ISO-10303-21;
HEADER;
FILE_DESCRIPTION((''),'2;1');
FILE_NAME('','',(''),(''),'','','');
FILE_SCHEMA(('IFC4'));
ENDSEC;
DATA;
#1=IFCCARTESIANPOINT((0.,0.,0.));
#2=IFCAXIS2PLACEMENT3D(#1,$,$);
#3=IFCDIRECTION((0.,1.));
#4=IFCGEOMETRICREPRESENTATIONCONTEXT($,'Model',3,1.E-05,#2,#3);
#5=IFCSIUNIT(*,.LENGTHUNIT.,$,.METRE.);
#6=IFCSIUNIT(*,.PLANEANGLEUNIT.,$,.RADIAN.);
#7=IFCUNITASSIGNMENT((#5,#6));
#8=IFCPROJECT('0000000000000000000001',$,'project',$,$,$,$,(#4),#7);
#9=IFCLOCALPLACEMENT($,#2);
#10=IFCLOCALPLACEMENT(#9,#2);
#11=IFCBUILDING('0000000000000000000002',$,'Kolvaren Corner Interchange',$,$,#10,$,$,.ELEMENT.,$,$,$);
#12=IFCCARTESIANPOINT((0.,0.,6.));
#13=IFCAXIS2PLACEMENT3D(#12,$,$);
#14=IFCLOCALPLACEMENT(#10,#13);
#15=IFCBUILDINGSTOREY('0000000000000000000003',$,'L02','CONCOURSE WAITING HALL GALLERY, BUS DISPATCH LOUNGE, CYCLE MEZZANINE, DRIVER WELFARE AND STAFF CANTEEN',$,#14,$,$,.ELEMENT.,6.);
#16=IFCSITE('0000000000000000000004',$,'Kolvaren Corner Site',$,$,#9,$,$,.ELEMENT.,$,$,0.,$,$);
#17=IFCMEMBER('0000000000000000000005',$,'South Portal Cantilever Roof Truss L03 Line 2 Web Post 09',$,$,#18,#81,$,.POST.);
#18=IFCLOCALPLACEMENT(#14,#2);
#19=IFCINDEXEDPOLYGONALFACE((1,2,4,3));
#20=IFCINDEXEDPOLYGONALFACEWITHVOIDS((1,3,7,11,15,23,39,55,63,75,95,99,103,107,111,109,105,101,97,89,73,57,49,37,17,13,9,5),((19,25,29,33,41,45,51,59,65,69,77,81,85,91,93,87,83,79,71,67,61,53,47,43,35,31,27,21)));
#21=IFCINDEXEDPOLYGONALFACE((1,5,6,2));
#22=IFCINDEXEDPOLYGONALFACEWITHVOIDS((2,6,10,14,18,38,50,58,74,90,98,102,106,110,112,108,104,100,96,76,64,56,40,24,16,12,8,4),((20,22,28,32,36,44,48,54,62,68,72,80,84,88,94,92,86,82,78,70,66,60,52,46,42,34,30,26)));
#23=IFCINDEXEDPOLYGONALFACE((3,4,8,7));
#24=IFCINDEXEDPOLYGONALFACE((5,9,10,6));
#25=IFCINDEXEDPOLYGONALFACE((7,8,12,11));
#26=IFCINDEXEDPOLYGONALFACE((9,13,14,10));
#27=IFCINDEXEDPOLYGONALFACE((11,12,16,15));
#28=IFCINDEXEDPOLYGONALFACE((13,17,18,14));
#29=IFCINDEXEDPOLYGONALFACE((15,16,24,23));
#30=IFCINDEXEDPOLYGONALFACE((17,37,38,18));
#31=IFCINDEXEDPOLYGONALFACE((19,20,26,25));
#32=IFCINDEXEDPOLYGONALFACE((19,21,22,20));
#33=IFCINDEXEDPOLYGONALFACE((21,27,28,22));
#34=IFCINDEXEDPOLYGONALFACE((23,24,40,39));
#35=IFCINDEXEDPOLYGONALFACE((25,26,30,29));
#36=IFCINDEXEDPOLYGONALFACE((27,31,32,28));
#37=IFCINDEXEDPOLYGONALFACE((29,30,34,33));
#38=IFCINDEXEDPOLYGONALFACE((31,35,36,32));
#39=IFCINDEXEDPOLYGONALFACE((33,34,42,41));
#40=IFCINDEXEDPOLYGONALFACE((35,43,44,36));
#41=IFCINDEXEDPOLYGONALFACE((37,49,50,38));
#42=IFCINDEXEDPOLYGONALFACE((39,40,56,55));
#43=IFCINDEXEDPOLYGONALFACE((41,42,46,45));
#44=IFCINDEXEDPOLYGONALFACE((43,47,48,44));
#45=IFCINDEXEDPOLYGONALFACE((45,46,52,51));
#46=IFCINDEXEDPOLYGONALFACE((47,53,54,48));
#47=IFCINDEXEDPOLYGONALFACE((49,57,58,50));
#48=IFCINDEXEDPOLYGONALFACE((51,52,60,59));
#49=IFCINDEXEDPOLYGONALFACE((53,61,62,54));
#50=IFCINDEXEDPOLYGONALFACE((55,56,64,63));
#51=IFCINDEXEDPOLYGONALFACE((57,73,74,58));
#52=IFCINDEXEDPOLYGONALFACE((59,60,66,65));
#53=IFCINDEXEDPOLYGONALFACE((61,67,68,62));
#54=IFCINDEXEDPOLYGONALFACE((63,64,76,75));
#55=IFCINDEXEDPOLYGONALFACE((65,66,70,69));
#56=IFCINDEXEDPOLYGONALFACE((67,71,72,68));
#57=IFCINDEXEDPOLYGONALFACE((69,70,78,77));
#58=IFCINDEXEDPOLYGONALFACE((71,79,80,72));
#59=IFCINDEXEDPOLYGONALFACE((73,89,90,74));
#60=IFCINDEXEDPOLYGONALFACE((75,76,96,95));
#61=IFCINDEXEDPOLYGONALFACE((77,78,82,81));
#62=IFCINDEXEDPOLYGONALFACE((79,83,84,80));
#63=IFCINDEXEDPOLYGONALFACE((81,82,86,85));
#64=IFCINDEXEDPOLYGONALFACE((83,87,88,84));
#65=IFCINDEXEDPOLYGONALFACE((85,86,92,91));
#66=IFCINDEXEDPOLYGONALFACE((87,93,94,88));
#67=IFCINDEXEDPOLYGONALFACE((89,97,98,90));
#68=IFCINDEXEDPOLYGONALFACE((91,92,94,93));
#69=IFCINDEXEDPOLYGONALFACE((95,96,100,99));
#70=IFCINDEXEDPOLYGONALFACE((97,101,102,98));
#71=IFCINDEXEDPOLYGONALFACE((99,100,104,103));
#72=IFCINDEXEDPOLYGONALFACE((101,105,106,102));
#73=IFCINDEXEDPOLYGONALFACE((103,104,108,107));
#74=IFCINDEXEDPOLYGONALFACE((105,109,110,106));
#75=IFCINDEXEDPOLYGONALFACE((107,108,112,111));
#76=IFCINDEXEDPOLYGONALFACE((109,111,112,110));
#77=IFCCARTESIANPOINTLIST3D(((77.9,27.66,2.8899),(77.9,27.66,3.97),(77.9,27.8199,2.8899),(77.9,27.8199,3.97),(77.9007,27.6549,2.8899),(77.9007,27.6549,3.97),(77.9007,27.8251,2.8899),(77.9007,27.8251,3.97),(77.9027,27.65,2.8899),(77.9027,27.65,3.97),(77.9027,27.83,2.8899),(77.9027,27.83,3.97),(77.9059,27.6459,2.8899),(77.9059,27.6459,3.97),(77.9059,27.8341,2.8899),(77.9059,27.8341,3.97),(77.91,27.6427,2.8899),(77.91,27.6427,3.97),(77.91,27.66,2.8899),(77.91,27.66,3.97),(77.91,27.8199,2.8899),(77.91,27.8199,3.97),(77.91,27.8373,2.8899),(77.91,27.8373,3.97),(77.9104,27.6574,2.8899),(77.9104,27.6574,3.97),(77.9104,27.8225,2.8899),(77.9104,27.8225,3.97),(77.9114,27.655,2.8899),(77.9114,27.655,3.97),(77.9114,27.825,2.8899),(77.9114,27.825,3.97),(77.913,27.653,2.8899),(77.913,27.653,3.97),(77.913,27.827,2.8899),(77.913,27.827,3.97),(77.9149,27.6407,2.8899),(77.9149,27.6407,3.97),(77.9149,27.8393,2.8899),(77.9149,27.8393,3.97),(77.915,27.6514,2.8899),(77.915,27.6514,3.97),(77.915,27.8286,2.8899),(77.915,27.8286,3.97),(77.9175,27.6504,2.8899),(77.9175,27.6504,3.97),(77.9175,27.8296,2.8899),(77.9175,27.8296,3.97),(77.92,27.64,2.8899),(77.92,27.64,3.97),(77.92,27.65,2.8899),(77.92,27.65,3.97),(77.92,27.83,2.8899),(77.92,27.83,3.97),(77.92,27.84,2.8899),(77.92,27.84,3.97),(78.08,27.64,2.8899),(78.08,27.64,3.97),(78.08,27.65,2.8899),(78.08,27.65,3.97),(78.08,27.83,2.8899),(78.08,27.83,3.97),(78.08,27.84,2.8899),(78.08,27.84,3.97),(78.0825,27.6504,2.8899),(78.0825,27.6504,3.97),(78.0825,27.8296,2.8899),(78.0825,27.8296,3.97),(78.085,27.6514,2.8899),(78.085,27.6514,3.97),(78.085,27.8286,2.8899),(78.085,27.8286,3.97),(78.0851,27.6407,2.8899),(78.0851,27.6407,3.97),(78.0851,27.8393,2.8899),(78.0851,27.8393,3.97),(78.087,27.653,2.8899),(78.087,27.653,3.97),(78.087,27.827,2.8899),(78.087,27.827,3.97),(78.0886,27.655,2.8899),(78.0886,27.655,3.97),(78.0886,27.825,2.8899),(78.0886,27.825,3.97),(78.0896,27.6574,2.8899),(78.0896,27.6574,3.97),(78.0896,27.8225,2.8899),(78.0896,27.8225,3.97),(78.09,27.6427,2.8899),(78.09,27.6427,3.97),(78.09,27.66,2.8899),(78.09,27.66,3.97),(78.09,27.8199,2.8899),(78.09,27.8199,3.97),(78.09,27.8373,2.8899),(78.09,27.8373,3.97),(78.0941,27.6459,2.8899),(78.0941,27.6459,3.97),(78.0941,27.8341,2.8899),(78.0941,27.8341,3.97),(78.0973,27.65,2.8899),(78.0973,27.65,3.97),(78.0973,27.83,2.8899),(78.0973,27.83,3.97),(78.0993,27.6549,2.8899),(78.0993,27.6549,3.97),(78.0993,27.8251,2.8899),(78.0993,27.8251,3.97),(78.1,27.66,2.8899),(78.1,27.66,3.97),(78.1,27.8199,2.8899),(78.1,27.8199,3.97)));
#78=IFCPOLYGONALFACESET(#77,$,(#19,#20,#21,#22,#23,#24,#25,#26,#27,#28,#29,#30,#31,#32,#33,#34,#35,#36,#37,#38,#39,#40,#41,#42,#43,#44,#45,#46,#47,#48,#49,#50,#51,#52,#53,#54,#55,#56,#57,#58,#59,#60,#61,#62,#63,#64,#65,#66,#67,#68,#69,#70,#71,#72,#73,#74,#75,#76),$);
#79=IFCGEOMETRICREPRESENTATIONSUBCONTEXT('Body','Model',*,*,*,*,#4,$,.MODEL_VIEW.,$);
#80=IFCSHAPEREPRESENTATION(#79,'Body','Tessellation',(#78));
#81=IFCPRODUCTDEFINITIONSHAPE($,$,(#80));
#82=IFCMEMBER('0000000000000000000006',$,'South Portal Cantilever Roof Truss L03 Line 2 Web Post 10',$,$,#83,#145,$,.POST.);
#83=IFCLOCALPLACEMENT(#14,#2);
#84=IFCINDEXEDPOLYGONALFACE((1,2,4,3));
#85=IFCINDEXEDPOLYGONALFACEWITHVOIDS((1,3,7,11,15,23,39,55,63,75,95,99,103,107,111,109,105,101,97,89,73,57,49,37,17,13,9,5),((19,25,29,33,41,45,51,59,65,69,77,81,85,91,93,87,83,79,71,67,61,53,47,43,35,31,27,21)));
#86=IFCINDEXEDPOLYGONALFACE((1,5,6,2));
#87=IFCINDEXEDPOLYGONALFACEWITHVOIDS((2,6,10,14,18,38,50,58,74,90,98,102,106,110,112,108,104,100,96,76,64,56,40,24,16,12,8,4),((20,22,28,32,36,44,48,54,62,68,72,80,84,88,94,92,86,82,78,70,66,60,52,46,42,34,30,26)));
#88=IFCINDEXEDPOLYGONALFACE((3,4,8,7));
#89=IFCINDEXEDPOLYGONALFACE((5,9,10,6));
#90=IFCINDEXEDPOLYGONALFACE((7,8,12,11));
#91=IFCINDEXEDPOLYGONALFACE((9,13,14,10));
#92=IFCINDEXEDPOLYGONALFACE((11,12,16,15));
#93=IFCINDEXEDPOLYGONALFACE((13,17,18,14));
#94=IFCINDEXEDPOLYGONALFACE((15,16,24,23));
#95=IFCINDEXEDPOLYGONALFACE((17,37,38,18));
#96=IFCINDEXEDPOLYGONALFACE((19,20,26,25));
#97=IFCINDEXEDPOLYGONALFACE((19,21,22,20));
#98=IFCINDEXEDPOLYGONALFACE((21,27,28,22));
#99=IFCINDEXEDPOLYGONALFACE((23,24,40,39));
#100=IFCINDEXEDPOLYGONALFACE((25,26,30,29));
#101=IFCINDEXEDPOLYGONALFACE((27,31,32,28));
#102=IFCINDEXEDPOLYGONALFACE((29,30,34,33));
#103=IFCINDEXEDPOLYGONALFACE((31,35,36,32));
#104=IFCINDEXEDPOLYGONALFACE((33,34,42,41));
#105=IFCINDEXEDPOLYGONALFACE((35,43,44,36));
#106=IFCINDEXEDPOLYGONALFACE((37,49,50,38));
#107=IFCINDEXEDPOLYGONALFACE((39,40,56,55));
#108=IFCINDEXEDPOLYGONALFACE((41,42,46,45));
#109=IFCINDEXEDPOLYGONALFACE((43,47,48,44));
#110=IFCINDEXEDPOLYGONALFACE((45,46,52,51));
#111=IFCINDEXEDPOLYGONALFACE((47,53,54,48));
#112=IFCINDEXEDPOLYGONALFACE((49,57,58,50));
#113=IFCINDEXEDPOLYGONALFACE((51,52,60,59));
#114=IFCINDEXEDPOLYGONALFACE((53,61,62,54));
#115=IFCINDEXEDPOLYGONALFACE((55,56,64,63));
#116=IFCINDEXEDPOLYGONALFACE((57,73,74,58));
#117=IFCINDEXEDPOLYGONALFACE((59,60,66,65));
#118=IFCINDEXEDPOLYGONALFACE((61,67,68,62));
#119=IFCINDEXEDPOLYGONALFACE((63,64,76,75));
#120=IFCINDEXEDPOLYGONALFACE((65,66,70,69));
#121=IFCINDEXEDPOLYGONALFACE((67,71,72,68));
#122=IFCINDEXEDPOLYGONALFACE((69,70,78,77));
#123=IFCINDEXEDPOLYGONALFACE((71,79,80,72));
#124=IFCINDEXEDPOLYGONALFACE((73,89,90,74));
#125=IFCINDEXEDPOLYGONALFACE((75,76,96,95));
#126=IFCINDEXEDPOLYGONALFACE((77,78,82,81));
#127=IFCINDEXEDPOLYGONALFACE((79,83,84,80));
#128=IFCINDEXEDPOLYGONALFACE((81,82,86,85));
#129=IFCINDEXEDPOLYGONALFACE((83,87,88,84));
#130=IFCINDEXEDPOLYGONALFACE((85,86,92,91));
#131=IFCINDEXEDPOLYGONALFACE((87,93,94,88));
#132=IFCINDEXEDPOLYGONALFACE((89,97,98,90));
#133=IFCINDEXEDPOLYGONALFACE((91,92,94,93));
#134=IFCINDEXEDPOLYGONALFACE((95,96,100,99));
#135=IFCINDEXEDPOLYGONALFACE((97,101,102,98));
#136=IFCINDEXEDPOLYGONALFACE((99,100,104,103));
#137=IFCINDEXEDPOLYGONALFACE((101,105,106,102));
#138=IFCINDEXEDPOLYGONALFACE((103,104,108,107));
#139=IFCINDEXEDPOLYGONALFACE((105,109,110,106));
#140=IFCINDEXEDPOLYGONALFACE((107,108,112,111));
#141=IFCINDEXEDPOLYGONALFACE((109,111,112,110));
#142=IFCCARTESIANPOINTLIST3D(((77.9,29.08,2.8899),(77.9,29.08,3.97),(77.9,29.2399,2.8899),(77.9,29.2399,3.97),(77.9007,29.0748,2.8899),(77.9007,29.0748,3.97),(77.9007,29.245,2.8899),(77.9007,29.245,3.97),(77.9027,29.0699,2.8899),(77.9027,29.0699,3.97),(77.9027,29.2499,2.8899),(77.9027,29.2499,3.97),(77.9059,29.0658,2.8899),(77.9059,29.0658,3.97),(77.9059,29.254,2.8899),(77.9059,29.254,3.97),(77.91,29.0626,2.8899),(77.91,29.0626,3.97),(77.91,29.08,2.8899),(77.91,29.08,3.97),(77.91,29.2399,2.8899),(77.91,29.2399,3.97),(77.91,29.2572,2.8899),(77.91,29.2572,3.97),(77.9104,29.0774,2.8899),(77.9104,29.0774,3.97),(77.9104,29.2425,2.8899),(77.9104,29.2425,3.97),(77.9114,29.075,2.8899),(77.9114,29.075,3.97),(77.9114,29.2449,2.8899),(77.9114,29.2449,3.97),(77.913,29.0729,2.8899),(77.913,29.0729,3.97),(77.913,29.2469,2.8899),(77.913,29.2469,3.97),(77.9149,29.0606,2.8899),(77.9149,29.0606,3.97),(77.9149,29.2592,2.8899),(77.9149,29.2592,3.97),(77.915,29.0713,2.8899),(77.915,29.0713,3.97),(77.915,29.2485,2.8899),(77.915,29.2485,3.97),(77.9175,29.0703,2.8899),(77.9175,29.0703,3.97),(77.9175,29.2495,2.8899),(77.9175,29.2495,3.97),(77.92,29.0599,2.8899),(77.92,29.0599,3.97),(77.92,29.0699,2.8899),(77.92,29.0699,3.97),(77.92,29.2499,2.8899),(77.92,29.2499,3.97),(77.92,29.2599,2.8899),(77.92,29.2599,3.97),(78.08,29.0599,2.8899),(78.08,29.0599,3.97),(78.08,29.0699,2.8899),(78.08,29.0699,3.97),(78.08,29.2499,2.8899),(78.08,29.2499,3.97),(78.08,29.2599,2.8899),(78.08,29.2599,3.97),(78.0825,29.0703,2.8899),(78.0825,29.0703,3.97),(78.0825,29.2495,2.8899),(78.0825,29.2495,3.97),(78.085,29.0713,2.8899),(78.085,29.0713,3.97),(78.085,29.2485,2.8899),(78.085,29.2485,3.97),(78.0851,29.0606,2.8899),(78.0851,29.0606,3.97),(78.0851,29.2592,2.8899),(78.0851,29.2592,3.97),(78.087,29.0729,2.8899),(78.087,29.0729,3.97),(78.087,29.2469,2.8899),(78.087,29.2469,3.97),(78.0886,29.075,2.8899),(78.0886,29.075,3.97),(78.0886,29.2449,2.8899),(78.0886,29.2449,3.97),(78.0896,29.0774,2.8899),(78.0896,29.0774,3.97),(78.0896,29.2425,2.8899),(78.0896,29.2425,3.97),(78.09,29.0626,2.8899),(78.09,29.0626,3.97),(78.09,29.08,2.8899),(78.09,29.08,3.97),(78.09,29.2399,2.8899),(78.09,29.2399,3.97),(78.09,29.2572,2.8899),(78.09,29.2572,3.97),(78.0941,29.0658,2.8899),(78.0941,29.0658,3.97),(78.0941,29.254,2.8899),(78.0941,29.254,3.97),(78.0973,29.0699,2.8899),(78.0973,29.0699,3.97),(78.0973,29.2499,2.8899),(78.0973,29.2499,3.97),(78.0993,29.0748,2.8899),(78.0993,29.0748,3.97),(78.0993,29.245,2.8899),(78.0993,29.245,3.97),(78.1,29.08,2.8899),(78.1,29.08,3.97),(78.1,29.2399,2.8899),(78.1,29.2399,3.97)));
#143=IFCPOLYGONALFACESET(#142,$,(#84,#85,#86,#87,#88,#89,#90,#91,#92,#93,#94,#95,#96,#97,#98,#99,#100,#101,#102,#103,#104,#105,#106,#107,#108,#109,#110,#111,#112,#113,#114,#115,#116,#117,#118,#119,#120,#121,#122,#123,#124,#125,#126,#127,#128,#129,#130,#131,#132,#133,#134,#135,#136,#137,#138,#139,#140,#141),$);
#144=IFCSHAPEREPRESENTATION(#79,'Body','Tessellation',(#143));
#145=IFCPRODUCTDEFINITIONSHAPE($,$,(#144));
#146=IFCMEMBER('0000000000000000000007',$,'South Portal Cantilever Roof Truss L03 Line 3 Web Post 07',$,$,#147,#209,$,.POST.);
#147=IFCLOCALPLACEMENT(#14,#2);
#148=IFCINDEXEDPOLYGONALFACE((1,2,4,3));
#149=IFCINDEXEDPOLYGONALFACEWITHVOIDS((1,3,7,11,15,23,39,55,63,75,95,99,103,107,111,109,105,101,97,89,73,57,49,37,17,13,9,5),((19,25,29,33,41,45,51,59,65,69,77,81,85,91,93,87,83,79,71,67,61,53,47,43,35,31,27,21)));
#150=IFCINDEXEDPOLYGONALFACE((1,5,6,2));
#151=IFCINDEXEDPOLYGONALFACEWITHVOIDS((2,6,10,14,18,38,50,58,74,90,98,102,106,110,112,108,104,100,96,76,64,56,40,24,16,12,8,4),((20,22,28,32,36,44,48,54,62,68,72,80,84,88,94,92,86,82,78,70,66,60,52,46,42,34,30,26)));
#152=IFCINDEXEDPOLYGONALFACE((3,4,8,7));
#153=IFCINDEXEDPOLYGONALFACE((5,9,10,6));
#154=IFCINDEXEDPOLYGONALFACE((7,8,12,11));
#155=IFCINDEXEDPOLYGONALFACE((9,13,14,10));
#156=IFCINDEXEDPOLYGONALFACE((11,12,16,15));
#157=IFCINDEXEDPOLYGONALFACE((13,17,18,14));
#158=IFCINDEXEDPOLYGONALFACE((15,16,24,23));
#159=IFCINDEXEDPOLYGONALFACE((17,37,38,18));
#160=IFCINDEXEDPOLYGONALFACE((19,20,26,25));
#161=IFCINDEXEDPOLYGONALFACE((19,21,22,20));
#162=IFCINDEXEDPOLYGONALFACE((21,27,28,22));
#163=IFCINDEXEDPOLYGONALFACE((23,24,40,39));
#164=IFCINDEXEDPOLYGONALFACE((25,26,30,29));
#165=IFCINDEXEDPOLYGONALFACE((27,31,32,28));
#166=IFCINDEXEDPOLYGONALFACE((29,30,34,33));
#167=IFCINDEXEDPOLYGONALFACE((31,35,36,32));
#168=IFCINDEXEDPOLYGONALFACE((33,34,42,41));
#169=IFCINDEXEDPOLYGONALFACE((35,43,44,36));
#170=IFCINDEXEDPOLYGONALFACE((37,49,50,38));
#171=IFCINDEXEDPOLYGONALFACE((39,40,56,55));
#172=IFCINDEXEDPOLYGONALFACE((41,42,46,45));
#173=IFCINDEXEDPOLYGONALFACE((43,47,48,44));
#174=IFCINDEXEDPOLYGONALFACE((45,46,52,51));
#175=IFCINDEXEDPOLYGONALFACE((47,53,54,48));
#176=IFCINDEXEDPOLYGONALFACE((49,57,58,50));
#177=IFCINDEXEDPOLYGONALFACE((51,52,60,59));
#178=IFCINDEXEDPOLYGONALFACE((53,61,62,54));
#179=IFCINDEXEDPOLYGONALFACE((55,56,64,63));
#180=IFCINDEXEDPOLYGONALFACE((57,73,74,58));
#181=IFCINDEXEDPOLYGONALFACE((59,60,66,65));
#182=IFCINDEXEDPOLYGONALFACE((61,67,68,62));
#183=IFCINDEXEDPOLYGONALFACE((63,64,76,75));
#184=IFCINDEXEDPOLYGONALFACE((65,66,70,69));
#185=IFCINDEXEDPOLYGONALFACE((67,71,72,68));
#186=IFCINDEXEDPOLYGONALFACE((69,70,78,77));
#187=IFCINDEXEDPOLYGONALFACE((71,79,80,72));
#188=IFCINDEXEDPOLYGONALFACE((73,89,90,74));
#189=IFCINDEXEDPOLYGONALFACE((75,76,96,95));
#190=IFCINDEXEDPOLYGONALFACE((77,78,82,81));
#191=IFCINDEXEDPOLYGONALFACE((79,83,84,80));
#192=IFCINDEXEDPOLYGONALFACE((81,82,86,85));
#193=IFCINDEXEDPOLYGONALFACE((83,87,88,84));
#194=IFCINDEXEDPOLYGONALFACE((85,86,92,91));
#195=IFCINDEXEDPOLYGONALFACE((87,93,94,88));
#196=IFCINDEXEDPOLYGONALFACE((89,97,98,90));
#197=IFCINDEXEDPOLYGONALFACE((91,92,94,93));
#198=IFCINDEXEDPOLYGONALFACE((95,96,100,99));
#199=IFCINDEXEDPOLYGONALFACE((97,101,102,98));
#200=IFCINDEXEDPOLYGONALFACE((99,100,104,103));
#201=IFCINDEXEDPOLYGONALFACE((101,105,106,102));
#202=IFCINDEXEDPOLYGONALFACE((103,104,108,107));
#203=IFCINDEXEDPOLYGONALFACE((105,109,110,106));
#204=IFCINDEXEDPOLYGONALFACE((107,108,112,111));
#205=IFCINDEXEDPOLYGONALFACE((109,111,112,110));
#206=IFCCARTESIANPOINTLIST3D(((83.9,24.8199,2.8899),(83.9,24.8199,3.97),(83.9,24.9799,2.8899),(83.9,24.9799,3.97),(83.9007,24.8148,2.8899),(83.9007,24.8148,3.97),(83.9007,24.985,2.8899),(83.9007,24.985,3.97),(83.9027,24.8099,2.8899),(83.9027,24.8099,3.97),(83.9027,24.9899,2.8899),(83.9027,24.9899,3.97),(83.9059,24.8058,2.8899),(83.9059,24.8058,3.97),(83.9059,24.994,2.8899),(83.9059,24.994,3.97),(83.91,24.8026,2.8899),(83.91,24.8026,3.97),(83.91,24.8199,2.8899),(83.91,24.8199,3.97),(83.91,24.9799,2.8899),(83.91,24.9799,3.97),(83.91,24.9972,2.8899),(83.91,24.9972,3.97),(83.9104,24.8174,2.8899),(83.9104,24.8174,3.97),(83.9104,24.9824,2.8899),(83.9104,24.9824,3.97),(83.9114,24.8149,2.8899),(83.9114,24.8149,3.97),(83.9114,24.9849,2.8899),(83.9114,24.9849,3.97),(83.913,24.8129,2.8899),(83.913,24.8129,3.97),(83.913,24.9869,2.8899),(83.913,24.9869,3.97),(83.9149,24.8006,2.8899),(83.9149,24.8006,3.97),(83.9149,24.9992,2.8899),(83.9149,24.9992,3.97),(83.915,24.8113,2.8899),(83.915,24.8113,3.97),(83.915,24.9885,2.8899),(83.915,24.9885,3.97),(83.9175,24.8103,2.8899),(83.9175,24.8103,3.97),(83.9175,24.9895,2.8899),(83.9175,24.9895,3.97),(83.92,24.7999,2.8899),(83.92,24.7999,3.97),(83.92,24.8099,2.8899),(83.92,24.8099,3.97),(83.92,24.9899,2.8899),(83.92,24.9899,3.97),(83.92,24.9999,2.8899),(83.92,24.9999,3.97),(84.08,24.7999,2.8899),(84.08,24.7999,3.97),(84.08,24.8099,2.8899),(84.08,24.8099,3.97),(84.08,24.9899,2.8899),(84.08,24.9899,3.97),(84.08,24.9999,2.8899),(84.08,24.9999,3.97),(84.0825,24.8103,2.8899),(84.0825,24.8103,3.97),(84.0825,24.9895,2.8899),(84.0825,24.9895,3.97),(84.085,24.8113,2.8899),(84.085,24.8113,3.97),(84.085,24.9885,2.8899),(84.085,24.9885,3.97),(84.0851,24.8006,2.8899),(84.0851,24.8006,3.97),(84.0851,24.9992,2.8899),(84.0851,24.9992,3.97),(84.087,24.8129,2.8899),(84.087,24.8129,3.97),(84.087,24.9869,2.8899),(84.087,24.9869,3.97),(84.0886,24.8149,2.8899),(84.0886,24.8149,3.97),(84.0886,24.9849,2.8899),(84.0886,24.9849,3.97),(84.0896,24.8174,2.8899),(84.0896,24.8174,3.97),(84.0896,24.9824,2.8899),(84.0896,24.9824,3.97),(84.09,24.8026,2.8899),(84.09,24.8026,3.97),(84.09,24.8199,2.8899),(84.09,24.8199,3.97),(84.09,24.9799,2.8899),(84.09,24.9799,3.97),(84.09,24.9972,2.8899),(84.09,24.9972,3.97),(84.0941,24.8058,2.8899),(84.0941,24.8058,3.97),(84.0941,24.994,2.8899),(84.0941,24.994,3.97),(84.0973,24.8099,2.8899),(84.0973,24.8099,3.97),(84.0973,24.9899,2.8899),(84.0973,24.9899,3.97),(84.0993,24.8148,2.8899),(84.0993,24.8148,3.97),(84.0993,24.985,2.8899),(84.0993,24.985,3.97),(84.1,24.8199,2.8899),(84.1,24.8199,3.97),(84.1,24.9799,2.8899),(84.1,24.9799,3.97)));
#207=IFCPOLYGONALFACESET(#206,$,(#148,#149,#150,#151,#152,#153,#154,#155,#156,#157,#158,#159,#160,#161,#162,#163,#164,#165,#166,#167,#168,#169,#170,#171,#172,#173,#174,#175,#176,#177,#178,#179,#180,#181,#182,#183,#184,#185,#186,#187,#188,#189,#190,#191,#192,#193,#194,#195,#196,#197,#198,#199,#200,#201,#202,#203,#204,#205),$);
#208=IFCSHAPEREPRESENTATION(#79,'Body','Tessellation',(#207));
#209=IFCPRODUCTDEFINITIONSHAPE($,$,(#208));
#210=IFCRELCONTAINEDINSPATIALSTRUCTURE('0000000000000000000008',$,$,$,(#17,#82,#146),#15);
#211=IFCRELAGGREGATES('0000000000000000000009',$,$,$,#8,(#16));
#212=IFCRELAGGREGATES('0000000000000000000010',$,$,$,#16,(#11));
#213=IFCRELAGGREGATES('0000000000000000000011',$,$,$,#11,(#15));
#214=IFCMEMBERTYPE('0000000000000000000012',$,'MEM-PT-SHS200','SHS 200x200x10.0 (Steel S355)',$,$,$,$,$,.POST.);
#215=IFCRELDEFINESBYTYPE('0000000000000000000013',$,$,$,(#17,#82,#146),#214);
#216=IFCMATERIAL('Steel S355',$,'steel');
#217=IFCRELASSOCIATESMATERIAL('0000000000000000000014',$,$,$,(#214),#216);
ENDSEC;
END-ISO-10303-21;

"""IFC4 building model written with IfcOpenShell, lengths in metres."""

from ifc_helpers import new_model, si_unit, direction, frame, origin, origin_2d, place, context, subcontext, project, spatial, hollow_rectangle, extrude, material, material_profile, profile_set, type_object, element, save


model = new_model("IFC4")

# Units and contexts
model_context = context("Model", 3, precision=1e-05, world=origin(), true_north=direction((0.0, 1.0)))
body_context = subcontext(model_context, "Body", "Model", "MODEL_VIEW")
ifc_project = project(units=[si_unit("LENGTHUNIT", "METRE"), si_unit("PLANEANGLEUNIT", "RADIAN")], contexts=[model_context])

# Site, building, storey
site_placement = place(None, origin())
site = spatial("IfcSite", under=ifc_project, at=site_placement, Name="Kolvaren Corner Site", CompositionType="ELEMENT", RefElevation=0.0)
building_placement = place(site_placement, origin())
building = spatial("IfcBuilding", under=site, at=building_placement, Name="Kolvaren Corner Interchange", CompositionType="ELEMENT")
storey_placement = place(building_placement, frame((0.0, 0.0, 6.0)))
storey = spatial("IfcBuildingStorey", under=building, at=storey_placement, Name="L02", Description="CONCOURSE WAITING HALL GALLERY, BUS DISPATCH LOUNGE, CYCLE MEZZANINE, DRIVER WELFARE AND STAFF CANTEEN", CompositionType="ELEMENT", Elevation=6.0)

# Members
ifc_material_1 = material(Name="Steel S355", Category="steel")
ifc_material_profile_1 = material_profile(ifc_material_1, hollow_rectangle(XDim=0.2, YDim=0.2, WallThickness=0.01, InnerFilletRadius=0.01, OuterFilletRadius=0.02, at=origin_2d()), Name="SHS 200x200x10.0")
ifc_profile_set_1 = profile_set([ifc_material_profile_1], Name="Steel S355")
member_type_1 = type_object("IfcMemberType", Name="MEM-PT-SHS200", Description="SHS 200x200x10.0 (Steel S355)", PredefinedType="POST", material=ifc_profile_set_1)
for number, where, z_axis, x_axis, name in (
    (1, (78.0, 27.74, 2.8899), (0.0, 0.0, 1.0), (1.0, 0.0, 0.0), "South Portal Cantilever Roof Truss L03 Line 2 Web Post 09"),
    (2, (78.0, 29.1599, 2.8899), (0.0, 0.0, 1.0), (1.0, 0.0, 0.0), "South Portal Cantilever Roof Truss L03 Line 2 Web Post 10"),
    (3, (84.0, 24.8999, 2.8899), (0.0, 0.0, 1.0), (1.0, 0.0, 0.0), "South Portal Cantilever Roof Truss L03 Line 3 Web Post 07"),
):
    element("IfcMember", number, at=place(storey_placement, frame(where, z_axis=z_axis, x_axis=x_axis)), inside=storey, type_object=member_type_1, Name=name, PredefinedType="POST", context=body_context, shape_type="SweptSolid", body=[
        extrude(hollow_rectangle(XDim=0.2, YDim=0.2, WallThickness=0.01, InnerFilletRadius=0.01, OuterFilletRadius=0.02, at=origin_2d()), origin(), (0.0, 0.0, 1.0), 1.0801),
    ])

save(model, "model.ifc")
